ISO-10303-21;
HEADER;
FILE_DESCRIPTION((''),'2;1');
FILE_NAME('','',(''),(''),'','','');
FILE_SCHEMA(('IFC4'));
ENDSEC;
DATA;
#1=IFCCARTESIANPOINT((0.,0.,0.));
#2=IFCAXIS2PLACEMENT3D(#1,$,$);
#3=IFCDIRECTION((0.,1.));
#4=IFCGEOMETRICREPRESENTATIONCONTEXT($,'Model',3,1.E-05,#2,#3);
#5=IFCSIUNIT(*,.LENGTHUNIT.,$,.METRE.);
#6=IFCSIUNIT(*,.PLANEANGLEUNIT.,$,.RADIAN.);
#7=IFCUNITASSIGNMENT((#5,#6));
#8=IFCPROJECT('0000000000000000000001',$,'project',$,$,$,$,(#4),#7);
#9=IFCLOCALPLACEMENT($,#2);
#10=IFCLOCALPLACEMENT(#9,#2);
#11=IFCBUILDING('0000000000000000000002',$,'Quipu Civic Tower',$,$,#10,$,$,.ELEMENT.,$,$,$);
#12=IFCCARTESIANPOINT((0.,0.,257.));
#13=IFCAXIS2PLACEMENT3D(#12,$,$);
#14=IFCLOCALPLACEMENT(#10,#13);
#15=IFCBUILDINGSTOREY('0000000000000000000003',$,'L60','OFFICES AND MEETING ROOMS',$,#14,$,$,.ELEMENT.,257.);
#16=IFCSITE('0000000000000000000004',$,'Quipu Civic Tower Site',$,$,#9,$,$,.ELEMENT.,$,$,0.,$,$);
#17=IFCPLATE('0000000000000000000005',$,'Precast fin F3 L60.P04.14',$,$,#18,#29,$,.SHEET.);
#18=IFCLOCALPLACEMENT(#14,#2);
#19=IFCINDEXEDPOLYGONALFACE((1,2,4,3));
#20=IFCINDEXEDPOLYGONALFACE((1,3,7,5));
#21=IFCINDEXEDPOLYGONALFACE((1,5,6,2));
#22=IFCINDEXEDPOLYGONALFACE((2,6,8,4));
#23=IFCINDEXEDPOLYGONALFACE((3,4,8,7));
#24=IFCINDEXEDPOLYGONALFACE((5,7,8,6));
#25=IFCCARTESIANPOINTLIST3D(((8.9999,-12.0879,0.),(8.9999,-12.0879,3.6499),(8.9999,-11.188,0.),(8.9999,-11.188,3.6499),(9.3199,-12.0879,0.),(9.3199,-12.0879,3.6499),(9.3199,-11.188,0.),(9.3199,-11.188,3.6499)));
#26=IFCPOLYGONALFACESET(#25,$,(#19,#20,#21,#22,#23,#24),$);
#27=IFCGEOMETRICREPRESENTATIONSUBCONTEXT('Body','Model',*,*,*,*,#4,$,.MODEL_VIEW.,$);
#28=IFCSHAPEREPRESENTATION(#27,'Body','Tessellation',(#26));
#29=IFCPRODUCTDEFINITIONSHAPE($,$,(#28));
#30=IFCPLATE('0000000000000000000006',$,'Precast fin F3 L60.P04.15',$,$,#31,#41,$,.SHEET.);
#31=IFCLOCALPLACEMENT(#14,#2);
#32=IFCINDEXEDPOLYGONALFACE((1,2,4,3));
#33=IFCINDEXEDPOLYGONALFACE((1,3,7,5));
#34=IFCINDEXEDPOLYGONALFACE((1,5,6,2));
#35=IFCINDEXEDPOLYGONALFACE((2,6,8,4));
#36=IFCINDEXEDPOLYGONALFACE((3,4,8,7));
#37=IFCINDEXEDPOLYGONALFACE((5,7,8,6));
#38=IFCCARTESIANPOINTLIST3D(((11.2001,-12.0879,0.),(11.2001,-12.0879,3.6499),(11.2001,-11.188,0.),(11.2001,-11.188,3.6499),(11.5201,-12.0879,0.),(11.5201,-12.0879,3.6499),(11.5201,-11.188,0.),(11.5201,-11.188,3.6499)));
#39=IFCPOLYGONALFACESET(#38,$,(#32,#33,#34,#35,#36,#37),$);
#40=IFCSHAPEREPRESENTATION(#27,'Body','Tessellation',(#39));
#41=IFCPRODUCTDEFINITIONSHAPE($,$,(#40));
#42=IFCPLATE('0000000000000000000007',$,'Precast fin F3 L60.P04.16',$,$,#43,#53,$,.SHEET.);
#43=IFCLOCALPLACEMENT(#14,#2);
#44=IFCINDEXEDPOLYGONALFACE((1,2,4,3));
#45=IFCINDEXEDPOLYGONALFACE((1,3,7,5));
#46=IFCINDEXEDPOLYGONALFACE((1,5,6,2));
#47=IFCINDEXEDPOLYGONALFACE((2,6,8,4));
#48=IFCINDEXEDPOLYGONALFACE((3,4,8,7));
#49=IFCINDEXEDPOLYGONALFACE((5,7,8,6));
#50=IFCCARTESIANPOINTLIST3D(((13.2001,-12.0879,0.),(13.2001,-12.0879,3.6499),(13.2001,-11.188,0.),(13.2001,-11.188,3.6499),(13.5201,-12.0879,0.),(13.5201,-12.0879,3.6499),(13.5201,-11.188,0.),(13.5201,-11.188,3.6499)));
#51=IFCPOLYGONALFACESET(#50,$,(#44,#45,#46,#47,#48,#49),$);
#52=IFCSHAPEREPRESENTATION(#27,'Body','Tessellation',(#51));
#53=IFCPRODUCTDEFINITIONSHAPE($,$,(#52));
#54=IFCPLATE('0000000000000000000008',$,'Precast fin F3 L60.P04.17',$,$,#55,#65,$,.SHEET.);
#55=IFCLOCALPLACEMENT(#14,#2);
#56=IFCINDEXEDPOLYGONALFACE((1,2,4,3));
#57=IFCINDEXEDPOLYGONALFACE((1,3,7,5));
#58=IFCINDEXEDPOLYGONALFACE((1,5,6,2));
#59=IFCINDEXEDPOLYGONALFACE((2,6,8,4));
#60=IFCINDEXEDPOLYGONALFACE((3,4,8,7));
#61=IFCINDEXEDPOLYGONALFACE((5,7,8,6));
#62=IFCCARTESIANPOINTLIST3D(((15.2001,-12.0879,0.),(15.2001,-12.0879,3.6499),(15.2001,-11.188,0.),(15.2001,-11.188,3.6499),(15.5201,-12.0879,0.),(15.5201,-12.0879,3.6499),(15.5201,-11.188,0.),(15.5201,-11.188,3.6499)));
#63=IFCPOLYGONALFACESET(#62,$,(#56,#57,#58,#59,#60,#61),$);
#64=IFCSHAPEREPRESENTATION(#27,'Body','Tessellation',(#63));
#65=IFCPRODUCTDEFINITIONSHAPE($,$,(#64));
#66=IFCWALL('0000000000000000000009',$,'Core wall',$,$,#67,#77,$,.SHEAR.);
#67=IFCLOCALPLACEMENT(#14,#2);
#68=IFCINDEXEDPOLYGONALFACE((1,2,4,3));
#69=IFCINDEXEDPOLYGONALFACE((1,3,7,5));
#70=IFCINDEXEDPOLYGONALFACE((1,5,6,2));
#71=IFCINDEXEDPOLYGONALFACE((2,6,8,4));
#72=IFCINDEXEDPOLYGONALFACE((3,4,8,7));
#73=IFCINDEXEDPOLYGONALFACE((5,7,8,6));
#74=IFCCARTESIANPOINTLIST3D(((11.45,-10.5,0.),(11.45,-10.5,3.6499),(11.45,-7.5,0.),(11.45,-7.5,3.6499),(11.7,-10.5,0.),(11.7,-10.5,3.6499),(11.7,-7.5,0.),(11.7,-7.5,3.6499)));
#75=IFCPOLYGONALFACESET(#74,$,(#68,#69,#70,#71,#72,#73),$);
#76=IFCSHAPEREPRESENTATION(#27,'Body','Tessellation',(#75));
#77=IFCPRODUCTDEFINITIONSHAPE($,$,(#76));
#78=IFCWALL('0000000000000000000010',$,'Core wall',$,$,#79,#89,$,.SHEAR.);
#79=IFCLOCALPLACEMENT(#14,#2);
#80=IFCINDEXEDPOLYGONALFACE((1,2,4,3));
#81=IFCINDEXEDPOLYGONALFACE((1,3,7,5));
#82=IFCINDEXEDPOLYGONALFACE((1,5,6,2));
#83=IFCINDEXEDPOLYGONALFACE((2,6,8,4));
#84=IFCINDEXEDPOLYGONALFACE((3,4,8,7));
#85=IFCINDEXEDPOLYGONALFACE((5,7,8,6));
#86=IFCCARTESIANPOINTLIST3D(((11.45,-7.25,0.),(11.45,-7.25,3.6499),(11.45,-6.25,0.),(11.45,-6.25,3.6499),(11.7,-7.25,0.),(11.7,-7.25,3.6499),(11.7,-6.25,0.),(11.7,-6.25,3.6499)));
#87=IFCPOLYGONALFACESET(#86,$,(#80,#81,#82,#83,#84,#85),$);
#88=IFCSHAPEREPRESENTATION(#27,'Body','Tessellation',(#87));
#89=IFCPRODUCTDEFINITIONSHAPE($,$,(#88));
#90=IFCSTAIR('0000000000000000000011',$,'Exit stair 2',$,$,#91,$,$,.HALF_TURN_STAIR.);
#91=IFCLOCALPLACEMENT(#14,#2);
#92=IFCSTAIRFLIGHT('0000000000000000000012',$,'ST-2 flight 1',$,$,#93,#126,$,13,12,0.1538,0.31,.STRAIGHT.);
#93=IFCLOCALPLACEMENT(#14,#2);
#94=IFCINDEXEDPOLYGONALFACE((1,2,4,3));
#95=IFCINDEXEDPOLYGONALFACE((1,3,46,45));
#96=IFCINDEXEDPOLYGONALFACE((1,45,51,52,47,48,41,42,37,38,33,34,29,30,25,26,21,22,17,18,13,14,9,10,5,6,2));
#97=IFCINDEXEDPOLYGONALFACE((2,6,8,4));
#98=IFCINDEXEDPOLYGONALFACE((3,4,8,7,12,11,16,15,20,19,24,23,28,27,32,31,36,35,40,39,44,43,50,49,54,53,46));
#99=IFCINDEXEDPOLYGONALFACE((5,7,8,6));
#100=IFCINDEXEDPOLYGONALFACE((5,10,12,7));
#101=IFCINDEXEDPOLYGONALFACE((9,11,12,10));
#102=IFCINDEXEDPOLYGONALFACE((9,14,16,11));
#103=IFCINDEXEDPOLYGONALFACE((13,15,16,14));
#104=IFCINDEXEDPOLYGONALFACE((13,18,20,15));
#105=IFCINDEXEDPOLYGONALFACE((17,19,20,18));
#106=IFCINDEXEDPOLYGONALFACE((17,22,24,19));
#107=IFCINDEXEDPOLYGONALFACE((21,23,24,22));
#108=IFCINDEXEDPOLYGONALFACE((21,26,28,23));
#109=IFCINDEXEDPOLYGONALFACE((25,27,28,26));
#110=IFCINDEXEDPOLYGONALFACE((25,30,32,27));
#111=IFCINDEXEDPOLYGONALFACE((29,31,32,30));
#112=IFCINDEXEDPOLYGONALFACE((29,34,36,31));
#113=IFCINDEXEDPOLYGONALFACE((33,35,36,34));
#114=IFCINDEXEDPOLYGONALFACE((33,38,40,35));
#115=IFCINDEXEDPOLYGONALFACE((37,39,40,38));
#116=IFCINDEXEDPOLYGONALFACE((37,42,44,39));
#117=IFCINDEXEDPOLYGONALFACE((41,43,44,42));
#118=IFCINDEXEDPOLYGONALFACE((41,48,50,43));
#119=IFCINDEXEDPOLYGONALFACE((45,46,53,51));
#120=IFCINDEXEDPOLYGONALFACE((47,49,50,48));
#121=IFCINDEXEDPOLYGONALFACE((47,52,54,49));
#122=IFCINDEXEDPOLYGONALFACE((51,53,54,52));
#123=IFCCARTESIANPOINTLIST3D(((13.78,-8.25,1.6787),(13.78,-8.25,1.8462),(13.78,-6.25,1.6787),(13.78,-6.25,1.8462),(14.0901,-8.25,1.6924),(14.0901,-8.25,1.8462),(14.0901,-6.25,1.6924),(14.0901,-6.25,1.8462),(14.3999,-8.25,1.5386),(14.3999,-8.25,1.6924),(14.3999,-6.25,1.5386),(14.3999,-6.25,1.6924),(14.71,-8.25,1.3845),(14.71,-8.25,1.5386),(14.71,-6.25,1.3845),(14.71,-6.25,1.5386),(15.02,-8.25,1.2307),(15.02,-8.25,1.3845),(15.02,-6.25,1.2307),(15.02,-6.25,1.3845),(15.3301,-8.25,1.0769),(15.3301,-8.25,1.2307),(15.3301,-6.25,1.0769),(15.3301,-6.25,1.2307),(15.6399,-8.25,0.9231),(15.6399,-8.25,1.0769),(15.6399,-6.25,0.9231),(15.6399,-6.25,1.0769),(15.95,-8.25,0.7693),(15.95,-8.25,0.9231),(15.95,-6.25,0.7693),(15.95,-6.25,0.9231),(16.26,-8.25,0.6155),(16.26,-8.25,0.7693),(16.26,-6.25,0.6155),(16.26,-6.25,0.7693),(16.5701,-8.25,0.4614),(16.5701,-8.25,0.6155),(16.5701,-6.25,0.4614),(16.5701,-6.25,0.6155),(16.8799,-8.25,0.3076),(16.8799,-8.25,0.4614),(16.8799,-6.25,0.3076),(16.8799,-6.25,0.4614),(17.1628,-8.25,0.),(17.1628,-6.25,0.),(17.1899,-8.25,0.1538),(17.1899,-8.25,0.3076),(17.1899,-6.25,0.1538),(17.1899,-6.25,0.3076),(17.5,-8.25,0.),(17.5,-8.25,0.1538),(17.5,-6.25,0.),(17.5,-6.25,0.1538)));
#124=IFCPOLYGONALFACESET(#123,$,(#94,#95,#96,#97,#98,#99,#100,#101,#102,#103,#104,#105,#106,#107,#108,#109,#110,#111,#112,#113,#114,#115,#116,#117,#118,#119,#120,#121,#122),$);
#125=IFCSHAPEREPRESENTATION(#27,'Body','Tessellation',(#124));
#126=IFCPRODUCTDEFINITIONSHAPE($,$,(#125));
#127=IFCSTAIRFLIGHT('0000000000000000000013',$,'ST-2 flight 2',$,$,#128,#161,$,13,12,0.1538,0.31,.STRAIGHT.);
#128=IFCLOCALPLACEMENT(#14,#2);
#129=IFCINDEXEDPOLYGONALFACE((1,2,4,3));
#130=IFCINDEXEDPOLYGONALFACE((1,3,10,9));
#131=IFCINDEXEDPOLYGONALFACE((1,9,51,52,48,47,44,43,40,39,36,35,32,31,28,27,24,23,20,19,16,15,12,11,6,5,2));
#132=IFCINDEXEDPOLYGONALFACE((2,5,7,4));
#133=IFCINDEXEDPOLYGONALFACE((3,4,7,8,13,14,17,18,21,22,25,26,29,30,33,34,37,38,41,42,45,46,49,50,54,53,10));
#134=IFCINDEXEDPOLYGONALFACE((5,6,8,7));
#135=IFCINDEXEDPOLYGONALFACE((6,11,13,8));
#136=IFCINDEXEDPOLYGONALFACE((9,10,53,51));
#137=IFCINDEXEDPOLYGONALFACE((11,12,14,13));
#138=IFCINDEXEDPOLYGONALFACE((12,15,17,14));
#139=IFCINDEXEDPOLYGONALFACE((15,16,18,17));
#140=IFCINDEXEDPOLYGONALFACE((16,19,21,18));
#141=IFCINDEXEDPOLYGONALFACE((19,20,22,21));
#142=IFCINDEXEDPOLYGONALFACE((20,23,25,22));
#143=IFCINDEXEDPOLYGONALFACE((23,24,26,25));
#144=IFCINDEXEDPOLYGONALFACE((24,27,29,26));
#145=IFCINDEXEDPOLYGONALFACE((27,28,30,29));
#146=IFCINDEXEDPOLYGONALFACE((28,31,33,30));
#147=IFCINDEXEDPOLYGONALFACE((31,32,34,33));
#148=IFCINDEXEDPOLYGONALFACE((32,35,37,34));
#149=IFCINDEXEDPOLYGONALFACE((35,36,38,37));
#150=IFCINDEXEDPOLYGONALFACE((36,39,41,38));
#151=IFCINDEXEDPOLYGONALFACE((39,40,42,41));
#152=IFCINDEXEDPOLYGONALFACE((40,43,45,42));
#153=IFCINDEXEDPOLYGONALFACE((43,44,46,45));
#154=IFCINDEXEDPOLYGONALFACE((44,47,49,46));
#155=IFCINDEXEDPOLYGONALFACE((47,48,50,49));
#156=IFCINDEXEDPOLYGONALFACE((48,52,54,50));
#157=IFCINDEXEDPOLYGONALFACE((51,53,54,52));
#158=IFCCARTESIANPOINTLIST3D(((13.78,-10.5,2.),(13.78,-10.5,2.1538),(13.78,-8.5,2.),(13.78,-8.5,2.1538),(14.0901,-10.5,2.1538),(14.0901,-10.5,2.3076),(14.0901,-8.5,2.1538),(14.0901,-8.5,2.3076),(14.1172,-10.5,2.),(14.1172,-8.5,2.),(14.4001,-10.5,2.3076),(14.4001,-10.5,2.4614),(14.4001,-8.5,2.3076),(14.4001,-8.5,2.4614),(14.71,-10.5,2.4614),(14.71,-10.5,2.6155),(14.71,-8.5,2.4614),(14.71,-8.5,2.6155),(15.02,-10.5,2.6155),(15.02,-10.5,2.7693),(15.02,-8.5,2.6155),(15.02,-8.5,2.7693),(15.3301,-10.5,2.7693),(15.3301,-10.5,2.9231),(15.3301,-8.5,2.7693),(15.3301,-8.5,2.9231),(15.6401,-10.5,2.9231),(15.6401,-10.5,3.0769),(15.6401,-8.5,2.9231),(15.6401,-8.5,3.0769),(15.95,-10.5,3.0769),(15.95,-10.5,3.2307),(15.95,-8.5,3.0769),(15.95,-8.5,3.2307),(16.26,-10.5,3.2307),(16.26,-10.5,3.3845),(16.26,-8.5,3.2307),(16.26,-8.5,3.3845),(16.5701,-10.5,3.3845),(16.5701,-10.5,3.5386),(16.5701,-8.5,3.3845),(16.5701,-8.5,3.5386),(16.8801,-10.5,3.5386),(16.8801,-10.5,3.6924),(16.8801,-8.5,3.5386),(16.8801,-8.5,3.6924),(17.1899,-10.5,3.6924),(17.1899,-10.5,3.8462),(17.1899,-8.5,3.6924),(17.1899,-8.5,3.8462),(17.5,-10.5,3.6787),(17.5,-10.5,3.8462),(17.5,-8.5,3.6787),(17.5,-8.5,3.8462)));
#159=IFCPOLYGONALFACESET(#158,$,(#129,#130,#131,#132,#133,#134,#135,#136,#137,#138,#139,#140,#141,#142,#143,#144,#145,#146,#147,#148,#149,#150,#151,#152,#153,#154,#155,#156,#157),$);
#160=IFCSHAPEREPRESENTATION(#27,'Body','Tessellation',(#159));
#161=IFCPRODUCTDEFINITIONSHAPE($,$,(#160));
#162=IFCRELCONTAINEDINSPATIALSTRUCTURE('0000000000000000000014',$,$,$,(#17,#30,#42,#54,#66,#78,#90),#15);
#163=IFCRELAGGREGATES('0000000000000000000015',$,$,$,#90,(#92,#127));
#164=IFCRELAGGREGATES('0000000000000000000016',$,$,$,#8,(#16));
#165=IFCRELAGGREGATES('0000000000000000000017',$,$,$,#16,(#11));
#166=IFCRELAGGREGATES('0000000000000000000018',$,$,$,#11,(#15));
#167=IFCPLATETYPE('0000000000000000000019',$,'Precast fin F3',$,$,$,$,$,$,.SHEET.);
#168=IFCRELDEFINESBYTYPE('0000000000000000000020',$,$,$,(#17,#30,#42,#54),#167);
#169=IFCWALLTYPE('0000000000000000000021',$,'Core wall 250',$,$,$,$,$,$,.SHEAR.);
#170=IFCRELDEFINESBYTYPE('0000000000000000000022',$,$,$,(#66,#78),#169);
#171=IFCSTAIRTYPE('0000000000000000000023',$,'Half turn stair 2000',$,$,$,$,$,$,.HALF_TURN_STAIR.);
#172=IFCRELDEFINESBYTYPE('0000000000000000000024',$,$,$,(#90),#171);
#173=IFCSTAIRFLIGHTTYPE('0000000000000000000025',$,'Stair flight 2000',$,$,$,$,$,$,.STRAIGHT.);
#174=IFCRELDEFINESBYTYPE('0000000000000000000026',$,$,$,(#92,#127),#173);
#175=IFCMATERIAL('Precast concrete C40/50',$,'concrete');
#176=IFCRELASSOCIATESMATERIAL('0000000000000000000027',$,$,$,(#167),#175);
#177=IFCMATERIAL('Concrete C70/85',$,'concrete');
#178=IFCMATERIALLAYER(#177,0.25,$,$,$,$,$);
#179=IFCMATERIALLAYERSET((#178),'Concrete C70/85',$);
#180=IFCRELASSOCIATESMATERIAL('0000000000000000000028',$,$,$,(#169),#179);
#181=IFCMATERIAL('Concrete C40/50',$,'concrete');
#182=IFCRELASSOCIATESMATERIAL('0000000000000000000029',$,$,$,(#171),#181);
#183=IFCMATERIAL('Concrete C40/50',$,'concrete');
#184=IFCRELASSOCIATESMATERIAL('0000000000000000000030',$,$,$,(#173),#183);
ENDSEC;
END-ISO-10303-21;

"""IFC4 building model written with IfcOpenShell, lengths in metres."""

from ifc_helpers import new_model, si_unit, direction, frame, frame_2d, origin, origin_2d, place, context, subcontext, project, spatial, polyline, rectangle, outline, extrude, material, layer, layer_set, type_object, element, aggregate, save


model = new_model("IFC4")

# Units and contexts
model_context = context("Model", 3, precision=1e-05, world=origin(), true_north=direction((0.0, 1.0)))
body_context = subcontext(model_context, "Body", "Model", "MODEL_VIEW")
ifc_project = project(units=[si_unit("LENGTHUNIT", "METRE"), si_unit("PLANEANGLEUNIT", "RADIAN")], contexts=[model_context])

# Site, building, storey
site_placement = place(None, origin())
site = spatial("IfcSite", under=ifc_project, at=site_placement, Name="Quipu Civic Tower Site", CompositionType="ELEMENT", RefElevation=0.0)
building_placement = place(site_placement, origin())
building = spatial("IfcBuilding", under=site, at=building_placement, Name="Quipu Civic Tower", CompositionType="ELEMENT")
storey_placement = place(building_placement, frame((0.0, 0.0, 257.0)))
storey = spatial("IfcBuildingStorey", under=building, at=storey_placement, Name="L60", Description="OFFICES AND MEETING ROOMS", CompositionType="ELEMENT", Elevation=257.0)

# Plates
ifc_material_1 = material(Name="Precast concrete C40/50", Category="concrete")
plate_type = type_object("IfcPlateType", Name="Precast fin F3", PredefinedType="SHEET", material=ifc_material_1)
for number, where, z_axis, x_axis, name in (
    (1, (9.1599, -11.6379, 0.0), (0.0, 0.0, 1.0), (1.0, 0.0, 0.0), "Precast fin F3 L60.P04.14"),
    (2, (11.3601, -11.6379, 0.0), (0.0, 0.0, 1.0), (1.0, 0.0, 0.0), "Precast fin F3 L60.P04.15"),
    (3, (13.3601, -11.6379, 0.0), (0.0, 0.0, 1.0), (1.0, 0.0, 0.0), "Precast fin F3 L60.P04.16"),
    (4, (15.3601, -11.6379, 0.0), (0.0, 0.0, 1.0), (1.0, 0.0, 0.0), "Precast fin F3 L60.P04.17"),
):
    element("IfcPlate", number, at=place(storey_placement, frame(where, z_axis=z_axis, x_axis=x_axis)), inside=storey, type_object=plate_type, Name=name, PredefinedType="SHEET", context=body_context, shape_type="SweptSolid", body=[
        extrude(rectangle(XDim=0.3201, YDim=0.8999, at=origin_2d()), origin(), (0.0, 0.0, 1.0), 3.6499),
    ])

# Wall
ifc_material_2 = material(Name="Concrete C70/85", Category="concrete")
ifc_layer = layer(ifc_material_2, 0.25)
ifc_layer_set = layer_set([ifc_layer], Name="Concrete C70/85")
wall_type = type_object("IfcWallType", Name="Core wall 250", PredefinedType="SHEAR", material=ifc_layer_set)
wall_1_placement = place(storey_placement, frame((11.575, -10.5, 0.0), z_axis=(0.0, 0.0, 1.0), x_axis=(0.0, 1.0, 0.0)))
element("IfcWall", 5, at=wall_1_placement, inside=storey, type_object=wall_type, Name="Core wall", PredefinedType="SHEAR", context=body_context, shape_type="SweptSolid", body=[
    extrude(rectangle(XDim=3.0, YDim=0.25, at=frame_2d((1.5, 0.0))), origin(), (0.0, 0.0, 1.0), 3.6499),
])

# Wall
wall_2_placement = place(storey_placement, frame((11.575, -7.25, 0.0), z_axis=(0.0, 0.0, 1.0), x_axis=(0.0, 1.0, 0.0)))
element("IfcWall", 6, at=wall_2_placement, inside=storey, type_object=wall_type, Name="Core wall", PredefinedType="SHEAR", context=body_context, shape_type="SweptSolid", body=[
    extrude(rectangle(XDim=1.0, YDim=0.25, at=frame_2d((0.5, 0.0))), origin(), (0.0, 0.0, 1.0), 3.6499),
])

# Stair, stair flights
ifc_material_3 = material(Name="Concrete C40/50", Category="concrete")
stair_type = type_object("IfcStairType", Name="Half turn stair 2000", PredefinedType="HALF_TURN_STAIR", material=ifc_material_3)
stair_placement = place(storey_placement, origin())
stair = element("IfcStair", 7, at=stair_placement, inside=storey, type_object=stair_type, Name="Exit stair 2", PredefinedType="HALF_TURN_STAIR")
ifc_material_4 = material(Name="Concrete C40/50", Category="concrete")
stair_flight_type = type_object("IfcStairFlightType", Name="Stair flight 2000", PredefinedType="STRAIGHT", material=ifc_material_4)
stair_flight_1_placement = place(storey_placement, frame((17.5, -7.25, 0.0), z_axis=(0.0, 0.0, 1.0), x_axis=(-1.0, 0.0, 0.0)))
stair_flight_1 = element("IfcStairFlight", 8, at=stair_flight_1_placement, type_object=stair_flight_type, Name="ST-2 flight 1", NumberOfRisers=13, NumberOfTreads=12, PredefinedType="STRAIGHT", RiserHeight=0.1538, TreadLength=0.31, context=body_context, shape_type="SweptSolid", body=[
    extrude(outline(polyline([(0.0, 0.0), (0.0, 0.1538), (0.3101, 0.1538), (0.3101, 0.3076), (0.6201, 0.3076), (0.6201, 0.4614), (0.9299, 0.4614), (0.9299, 0.6155), (1.24, 0.6155), (1.24, 0.7693), (1.55, 0.7693), (1.55, 0.9231), (1.8601, 0.9231), (1.8601, 1.0769), (2.1699, 1.0769), (2.1699, 1.2307), (2.48, 1.2307), (2.48, 1.3845), (2.79, 1.3845), (2.79, 1.5386), (3.1001, 1.5386), (3.1001, 1.6924), (3.4099, 1.6924), (3.4099, 1.8462), (3.72, 1.8462), (3.72, 2.0), (3.72, 1.6787), (0.3372, 0.0), (0.0, 0.0)])), frame((0.0, 1.0, 0.0), z_axis=(0.0, -1.0, 0.0), x_axis=(1.0, 0.0, 0.0)), (0.0, 0.0, 1.0), 2.0),
])
stair_flight_2_placement = place(storey_placement, frame((13.78, -9.5, 2.0), z_axis=(0.0, 0.0, 1.0), x_axis=(1.0, 0.0, 0.0)))
stair_flight_2 = element("IfcStairFlight", 9, at=stair_flight_2_placement, type_object=stair_flight_type, Name="ST-2 flight 2", NumberOfRisers=13, NumberOfTreads=12, PredefinedType="STRAIGHT", RiserHeight=0.1538, TreadLength=0.31, context=body_context, shape_type="SweptSolid", body=[
    extrude(outline(polyline([(0.0, 0.0), (0.0, 0.1538), (0.3101, 0.1538), (0.3101, 0.3076), (0.6201, 0.3076), (0.6201, 0.4614), (0.9299, 0.4614), (0.9299, 0.6155), (1.24, 0.6155), (1.24, 0.7693), (1.55, 0.7693), (1.55, 0.9231), (1.8601, 0.9231), (1.8601, 1.0769), (2.1699, 1.0769), (2.1699, 1.2307), (2.48, 1.2307), (2.48, 1.3845), (2.79, 1.3845), (2.79, 1.5386), (3.1001, 1.5386), (3.1001, 1.6924), (3.4099, 1.6924), (3.4099, 1.8462), (3.72, 1.8462), (3.72, 2.0), (3.72, 1.6787), (0.3372, 0.0), (0.0, 0.0)])), frame((0.0, 1.0, 0.0), z_axis=(0.0, -1.0, 0.0), x_axis=(1.0, 0.0, 0.0)), (0.0, 0.0, 1.0), 2.0),
])
aggregate(stair, [stair_flight_1, stair_flight_2])

save(model, "model.ifc")
